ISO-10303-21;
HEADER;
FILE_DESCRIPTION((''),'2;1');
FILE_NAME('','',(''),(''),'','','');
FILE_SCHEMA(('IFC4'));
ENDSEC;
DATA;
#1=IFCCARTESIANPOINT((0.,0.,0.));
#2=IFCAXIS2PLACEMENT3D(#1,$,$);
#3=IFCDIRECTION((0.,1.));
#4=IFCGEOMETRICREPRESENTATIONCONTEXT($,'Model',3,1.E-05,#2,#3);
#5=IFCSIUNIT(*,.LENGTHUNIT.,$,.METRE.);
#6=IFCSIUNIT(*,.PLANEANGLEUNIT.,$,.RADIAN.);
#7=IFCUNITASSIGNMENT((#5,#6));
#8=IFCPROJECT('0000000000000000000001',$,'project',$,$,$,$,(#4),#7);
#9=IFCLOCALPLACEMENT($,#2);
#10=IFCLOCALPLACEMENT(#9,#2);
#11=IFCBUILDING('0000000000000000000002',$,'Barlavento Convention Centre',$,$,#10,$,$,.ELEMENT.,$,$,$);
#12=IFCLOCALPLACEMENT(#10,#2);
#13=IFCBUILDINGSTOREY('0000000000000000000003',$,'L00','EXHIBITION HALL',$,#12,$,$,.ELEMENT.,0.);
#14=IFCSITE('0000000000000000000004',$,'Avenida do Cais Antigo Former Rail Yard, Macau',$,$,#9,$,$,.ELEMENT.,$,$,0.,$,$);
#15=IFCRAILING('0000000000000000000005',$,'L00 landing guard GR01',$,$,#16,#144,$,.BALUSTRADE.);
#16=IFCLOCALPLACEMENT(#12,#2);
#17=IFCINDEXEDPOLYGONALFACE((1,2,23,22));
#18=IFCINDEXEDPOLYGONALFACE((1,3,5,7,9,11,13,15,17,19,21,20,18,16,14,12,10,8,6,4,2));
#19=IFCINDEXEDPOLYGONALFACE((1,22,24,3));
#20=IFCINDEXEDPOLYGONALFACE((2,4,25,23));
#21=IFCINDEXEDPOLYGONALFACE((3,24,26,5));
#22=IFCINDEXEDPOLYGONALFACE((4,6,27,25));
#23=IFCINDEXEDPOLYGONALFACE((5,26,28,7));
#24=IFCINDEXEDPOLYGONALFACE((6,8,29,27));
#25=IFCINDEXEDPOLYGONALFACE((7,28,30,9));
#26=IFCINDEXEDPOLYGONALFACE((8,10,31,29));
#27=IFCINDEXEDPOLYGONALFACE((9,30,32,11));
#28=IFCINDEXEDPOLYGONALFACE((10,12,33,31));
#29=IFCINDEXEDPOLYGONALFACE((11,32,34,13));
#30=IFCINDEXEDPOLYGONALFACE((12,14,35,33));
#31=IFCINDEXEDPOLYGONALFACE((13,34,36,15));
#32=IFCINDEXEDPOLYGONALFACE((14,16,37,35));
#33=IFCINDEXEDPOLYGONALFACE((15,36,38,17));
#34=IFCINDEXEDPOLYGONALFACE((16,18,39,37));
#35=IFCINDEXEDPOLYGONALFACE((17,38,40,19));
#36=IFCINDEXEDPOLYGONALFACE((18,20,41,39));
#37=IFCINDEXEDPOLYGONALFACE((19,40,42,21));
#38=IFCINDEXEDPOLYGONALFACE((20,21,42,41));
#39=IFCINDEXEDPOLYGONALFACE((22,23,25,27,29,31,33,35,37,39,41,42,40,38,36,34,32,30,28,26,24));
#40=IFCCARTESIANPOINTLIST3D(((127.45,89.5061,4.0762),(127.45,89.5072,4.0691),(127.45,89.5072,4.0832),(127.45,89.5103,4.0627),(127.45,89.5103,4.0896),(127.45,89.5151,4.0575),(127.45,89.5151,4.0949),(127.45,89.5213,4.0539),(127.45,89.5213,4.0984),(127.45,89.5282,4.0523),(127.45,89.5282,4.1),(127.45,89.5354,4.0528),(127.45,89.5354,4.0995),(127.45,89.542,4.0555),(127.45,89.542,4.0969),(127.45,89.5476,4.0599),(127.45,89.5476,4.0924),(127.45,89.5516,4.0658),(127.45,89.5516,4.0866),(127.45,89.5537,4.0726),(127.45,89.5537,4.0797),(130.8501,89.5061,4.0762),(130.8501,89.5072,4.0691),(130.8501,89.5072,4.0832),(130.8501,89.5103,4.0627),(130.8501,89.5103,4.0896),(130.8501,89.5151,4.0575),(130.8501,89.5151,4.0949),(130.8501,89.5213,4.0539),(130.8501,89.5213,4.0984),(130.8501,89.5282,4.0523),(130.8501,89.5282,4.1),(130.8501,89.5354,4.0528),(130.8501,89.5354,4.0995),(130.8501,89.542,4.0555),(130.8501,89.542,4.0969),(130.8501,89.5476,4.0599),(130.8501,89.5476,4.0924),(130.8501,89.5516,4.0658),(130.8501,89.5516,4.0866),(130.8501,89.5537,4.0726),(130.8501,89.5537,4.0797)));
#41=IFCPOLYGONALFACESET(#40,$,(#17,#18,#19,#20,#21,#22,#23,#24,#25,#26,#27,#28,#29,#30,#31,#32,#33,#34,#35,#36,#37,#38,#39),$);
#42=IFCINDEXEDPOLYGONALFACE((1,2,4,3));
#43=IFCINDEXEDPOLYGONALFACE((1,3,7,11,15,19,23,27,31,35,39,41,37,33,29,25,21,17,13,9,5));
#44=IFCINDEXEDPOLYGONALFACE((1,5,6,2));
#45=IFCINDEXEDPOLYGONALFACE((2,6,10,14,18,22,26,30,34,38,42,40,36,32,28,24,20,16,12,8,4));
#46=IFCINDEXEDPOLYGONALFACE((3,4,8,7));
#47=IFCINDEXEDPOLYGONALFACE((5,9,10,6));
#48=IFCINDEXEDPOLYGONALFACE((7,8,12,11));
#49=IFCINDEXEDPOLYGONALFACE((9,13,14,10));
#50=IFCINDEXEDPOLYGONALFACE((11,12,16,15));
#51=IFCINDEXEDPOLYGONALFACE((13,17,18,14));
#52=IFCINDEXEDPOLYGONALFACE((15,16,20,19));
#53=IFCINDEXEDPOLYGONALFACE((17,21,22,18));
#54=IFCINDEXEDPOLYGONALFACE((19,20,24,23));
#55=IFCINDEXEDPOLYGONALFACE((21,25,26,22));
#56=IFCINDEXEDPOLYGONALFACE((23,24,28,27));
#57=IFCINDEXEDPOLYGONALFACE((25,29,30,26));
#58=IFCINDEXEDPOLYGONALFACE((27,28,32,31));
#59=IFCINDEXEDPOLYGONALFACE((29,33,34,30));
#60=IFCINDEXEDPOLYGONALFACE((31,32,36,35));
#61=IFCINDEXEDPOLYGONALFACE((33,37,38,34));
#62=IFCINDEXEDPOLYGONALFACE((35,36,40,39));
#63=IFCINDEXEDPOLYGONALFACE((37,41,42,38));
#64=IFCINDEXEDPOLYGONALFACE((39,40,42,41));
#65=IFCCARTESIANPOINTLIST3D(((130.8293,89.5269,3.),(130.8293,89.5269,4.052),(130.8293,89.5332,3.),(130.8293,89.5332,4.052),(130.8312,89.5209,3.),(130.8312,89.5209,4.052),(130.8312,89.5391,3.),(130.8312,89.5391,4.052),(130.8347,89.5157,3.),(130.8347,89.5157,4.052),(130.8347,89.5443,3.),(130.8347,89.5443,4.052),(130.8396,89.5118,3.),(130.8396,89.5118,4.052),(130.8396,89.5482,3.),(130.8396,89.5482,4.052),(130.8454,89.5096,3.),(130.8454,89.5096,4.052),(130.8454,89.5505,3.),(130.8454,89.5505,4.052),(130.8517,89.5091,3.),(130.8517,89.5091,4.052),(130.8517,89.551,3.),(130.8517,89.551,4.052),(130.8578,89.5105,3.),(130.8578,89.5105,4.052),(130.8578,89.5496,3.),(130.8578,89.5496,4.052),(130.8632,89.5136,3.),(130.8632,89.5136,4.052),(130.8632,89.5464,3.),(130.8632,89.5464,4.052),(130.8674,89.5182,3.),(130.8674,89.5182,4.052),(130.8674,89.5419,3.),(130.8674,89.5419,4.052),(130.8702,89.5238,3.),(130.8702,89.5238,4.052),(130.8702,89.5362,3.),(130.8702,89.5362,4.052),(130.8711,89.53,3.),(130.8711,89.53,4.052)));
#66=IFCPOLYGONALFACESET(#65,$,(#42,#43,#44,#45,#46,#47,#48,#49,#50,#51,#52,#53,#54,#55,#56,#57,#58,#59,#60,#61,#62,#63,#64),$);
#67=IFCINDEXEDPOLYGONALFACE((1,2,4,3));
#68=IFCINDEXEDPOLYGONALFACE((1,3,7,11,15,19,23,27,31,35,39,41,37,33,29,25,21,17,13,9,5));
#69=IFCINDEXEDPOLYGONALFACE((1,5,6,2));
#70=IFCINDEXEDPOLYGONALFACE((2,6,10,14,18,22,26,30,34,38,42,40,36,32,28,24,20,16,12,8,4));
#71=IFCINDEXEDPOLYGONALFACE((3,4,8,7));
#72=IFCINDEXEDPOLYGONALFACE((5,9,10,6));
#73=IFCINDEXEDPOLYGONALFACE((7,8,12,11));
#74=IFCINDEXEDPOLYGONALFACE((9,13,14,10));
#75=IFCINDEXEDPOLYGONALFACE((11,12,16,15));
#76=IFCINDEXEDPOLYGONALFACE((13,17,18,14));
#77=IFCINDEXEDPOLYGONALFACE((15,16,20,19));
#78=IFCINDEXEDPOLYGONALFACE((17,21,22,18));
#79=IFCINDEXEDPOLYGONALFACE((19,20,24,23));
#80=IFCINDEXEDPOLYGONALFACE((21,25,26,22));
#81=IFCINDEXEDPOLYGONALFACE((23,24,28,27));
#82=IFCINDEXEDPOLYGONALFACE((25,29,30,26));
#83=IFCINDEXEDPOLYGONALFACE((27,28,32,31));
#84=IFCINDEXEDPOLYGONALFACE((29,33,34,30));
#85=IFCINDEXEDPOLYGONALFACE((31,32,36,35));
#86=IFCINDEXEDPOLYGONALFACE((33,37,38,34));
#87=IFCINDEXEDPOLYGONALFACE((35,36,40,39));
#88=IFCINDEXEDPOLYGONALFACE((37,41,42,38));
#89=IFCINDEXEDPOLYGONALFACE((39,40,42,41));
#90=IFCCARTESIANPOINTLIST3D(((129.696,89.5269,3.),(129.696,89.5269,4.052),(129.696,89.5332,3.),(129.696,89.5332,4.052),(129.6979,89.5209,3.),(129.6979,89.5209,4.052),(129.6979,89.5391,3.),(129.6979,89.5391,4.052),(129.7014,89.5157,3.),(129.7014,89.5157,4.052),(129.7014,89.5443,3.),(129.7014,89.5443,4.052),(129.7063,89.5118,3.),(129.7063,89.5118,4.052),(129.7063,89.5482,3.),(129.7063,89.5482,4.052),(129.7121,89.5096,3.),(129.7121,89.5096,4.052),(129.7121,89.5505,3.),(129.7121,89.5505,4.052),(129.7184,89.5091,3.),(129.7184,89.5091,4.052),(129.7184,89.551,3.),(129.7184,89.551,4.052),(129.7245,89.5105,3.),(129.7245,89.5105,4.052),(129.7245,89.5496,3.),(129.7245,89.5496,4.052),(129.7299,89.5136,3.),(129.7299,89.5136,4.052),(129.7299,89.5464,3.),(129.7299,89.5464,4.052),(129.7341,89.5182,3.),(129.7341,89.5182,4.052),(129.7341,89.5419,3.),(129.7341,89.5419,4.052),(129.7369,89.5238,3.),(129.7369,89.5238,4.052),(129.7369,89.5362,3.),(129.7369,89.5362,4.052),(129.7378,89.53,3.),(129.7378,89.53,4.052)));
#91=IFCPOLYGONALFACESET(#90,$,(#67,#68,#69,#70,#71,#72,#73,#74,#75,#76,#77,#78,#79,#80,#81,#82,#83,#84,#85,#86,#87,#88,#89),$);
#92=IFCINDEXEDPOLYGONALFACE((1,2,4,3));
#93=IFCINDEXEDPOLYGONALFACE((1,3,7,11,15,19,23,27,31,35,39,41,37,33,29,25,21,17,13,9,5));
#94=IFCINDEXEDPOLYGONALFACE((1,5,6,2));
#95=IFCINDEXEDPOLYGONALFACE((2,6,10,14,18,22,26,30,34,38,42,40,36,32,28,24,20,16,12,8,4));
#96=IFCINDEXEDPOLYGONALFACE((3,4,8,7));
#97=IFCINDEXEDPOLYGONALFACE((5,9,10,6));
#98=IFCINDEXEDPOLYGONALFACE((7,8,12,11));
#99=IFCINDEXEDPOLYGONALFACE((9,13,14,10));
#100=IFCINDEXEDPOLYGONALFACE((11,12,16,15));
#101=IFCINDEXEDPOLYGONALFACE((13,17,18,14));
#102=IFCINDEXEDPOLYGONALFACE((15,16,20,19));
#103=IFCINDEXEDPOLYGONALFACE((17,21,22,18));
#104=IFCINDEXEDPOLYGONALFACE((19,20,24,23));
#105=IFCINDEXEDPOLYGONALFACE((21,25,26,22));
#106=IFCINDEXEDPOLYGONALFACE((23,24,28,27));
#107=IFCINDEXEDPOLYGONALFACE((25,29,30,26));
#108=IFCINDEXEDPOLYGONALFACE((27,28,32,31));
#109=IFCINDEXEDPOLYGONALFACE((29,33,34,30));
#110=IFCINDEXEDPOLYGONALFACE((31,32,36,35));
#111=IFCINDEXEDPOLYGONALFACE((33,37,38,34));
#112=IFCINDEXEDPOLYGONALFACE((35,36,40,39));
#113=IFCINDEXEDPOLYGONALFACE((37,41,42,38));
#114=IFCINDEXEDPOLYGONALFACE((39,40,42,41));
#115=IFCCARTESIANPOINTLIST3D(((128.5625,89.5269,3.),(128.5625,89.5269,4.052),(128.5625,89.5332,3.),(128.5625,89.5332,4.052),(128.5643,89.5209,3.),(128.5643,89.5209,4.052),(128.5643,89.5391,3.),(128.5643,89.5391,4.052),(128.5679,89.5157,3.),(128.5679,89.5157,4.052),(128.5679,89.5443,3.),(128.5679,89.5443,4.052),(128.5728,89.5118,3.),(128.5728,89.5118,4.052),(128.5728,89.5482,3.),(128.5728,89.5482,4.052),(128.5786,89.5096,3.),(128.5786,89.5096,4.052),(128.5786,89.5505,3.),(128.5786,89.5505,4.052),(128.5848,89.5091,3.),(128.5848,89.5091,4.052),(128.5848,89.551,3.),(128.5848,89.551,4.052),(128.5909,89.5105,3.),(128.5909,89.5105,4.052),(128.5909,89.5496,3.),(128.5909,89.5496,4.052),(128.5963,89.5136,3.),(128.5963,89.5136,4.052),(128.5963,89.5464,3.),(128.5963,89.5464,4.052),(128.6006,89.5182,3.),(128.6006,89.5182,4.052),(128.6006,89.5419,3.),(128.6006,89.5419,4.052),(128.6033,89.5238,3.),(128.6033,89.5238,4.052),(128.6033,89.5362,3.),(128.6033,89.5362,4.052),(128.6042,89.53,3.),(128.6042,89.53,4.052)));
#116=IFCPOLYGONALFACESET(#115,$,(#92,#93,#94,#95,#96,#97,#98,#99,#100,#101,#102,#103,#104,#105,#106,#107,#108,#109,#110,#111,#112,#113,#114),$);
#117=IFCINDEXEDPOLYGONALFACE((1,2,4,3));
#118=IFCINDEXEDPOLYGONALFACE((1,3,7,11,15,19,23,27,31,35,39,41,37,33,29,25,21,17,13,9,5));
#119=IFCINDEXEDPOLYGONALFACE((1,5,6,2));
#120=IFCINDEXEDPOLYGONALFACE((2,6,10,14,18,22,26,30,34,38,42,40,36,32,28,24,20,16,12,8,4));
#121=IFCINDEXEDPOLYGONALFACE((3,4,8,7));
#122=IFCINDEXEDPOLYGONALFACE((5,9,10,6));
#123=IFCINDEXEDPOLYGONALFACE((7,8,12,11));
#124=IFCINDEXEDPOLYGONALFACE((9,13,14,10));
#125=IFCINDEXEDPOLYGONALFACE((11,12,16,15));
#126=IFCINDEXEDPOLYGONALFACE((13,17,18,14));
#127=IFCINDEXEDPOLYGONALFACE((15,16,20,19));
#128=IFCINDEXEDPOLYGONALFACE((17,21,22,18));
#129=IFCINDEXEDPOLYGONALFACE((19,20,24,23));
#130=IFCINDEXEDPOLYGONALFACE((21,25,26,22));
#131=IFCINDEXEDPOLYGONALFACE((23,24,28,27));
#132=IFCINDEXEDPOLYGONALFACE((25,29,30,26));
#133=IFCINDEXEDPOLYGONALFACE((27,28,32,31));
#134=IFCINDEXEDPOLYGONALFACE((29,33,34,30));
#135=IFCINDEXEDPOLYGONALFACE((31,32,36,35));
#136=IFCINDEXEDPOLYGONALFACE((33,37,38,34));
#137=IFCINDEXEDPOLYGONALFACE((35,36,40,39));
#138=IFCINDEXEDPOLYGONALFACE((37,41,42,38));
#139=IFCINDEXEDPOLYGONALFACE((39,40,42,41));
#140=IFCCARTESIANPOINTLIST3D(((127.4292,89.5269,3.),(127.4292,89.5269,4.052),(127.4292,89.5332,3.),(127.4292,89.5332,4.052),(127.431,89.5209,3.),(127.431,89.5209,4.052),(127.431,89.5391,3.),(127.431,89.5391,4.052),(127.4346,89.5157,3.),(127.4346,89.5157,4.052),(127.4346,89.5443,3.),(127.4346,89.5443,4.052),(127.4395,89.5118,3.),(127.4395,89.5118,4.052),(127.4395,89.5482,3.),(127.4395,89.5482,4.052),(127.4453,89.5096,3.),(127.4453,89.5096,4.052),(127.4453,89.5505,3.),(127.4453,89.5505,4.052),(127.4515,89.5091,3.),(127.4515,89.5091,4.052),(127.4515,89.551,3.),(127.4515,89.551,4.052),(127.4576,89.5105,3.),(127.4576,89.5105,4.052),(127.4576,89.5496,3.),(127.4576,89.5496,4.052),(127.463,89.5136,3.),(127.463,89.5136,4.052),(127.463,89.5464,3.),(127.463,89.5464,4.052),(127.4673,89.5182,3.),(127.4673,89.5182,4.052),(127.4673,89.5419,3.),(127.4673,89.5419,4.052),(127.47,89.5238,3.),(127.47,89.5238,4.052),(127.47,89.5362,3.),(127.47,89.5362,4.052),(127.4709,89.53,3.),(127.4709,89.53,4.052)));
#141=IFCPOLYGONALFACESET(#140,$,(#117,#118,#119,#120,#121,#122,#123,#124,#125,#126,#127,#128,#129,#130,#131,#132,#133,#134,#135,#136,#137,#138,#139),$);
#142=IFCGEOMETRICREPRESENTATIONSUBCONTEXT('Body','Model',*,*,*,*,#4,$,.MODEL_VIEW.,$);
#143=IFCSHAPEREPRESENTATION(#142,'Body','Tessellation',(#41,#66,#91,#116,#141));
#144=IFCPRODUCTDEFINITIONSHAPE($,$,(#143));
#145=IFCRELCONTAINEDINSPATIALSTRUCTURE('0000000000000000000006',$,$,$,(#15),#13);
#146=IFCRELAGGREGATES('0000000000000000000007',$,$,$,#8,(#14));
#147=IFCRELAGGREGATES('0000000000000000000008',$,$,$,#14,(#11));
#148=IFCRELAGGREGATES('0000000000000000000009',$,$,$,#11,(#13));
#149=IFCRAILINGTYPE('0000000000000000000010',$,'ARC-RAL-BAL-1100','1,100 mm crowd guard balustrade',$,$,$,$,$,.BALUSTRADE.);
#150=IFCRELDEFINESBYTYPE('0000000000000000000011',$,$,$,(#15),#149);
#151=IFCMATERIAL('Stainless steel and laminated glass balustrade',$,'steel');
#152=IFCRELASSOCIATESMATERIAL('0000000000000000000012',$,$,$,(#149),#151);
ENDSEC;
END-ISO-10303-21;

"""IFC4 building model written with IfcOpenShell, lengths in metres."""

from ifc_helpers import new_model, si_unit, direction, frame, origin, origin_2d, place, context, subcontext, project, spatial, circle, extrude, material, type_object, element, save


model = new_model("IFC4")

# Units and contexts
model_context = context("Model", 3, precision=1e-05, world=origin(), true_north=direction((0.0, 1.0)))
body_context = subcontext(model_context, "Body", "Model", "MODEL_VIEW")
ifc_project = project(units=[si_unit("LENGTHUNIT", "METRE"), si_unit("PLANEANGLEUNIT", "RADIAN")], contexts=[model_context])

# Site, building, storey
site_placement = place(None, origin())
site = spatial("IfcSite", under=ifc_project, at=site_placement, Name="Avenida do Cais Antigo Former Rail Yard, Macau", CompositionType="ELEMENT", RefElevation=0.0)
building_placement = place(site_placement, origin())
building = spatial("IfcBuilding", under=site, at=building_placement, Name="Barlavento Convention Centre", CompositionType="ELEMENT")
storey_placement = place(building_placement, origin())
storey = spatial("IfcBuildingStorey", under=building, at=storey_placement, Name="L00", Description="EXHIBITION HALL", CompositionType="ELEMENT", Elevation=0.0)

# Railing
ifc_material_1 = material(Name="Stainless steel and laminated glass balustrade", Category="steel")
railing_type_1 = type_object("IfcRailingType", Name="ARC-RAL-BAL-1100", Description="1,100 mm crowd guard balustrade", PredefinedType="BALUSTRADE", material=ifc_material_1)
railing_1_placement = place(storey_placement, frame((130.8501, 89.53, 3.0)))
element("IfcRailing", 1, at=railing_1_placement, inside=storey, type_object=railing_type_1, Name="L00 landing guard GR01", PredefinedType="BALUSTRADE", context=body_context, shape_type="SweptSolid", body=[
    extrude(circle(Radius=0.0239, at=origin_2d()), frame((0.0, 0.0, 1.0762), z_axis=(-1.0, 0.0, 0.0), x_axis=(0.0, -1.0, 0.0)), (0.0, 0.0, 1.0), 3.4001),
    extrude(circle(Radius=0.021, at=origin_2d()), origin(), (0.0, 0.0, 1.0), 1.052),
    extrude(circle(Radius=0.021, at=origin_2d()), frame((-1.1333, 0.0, 0.0)), (0.0, 0.0, 1.0), 1.052),
    extrude(circle(Radius=0.021, at=origin_2d()), frame((-2.2668, 0.0, 0.0)), (0.0, 0.0, 1.0), 1.052),
    extrude(circle(Radius=0.021, at=origin_2d()), frame((-3.4001, 0.0, 0.0)), (0.0, 0.0, 1.0), 1.052),
])

save(model, "model.ifc")
